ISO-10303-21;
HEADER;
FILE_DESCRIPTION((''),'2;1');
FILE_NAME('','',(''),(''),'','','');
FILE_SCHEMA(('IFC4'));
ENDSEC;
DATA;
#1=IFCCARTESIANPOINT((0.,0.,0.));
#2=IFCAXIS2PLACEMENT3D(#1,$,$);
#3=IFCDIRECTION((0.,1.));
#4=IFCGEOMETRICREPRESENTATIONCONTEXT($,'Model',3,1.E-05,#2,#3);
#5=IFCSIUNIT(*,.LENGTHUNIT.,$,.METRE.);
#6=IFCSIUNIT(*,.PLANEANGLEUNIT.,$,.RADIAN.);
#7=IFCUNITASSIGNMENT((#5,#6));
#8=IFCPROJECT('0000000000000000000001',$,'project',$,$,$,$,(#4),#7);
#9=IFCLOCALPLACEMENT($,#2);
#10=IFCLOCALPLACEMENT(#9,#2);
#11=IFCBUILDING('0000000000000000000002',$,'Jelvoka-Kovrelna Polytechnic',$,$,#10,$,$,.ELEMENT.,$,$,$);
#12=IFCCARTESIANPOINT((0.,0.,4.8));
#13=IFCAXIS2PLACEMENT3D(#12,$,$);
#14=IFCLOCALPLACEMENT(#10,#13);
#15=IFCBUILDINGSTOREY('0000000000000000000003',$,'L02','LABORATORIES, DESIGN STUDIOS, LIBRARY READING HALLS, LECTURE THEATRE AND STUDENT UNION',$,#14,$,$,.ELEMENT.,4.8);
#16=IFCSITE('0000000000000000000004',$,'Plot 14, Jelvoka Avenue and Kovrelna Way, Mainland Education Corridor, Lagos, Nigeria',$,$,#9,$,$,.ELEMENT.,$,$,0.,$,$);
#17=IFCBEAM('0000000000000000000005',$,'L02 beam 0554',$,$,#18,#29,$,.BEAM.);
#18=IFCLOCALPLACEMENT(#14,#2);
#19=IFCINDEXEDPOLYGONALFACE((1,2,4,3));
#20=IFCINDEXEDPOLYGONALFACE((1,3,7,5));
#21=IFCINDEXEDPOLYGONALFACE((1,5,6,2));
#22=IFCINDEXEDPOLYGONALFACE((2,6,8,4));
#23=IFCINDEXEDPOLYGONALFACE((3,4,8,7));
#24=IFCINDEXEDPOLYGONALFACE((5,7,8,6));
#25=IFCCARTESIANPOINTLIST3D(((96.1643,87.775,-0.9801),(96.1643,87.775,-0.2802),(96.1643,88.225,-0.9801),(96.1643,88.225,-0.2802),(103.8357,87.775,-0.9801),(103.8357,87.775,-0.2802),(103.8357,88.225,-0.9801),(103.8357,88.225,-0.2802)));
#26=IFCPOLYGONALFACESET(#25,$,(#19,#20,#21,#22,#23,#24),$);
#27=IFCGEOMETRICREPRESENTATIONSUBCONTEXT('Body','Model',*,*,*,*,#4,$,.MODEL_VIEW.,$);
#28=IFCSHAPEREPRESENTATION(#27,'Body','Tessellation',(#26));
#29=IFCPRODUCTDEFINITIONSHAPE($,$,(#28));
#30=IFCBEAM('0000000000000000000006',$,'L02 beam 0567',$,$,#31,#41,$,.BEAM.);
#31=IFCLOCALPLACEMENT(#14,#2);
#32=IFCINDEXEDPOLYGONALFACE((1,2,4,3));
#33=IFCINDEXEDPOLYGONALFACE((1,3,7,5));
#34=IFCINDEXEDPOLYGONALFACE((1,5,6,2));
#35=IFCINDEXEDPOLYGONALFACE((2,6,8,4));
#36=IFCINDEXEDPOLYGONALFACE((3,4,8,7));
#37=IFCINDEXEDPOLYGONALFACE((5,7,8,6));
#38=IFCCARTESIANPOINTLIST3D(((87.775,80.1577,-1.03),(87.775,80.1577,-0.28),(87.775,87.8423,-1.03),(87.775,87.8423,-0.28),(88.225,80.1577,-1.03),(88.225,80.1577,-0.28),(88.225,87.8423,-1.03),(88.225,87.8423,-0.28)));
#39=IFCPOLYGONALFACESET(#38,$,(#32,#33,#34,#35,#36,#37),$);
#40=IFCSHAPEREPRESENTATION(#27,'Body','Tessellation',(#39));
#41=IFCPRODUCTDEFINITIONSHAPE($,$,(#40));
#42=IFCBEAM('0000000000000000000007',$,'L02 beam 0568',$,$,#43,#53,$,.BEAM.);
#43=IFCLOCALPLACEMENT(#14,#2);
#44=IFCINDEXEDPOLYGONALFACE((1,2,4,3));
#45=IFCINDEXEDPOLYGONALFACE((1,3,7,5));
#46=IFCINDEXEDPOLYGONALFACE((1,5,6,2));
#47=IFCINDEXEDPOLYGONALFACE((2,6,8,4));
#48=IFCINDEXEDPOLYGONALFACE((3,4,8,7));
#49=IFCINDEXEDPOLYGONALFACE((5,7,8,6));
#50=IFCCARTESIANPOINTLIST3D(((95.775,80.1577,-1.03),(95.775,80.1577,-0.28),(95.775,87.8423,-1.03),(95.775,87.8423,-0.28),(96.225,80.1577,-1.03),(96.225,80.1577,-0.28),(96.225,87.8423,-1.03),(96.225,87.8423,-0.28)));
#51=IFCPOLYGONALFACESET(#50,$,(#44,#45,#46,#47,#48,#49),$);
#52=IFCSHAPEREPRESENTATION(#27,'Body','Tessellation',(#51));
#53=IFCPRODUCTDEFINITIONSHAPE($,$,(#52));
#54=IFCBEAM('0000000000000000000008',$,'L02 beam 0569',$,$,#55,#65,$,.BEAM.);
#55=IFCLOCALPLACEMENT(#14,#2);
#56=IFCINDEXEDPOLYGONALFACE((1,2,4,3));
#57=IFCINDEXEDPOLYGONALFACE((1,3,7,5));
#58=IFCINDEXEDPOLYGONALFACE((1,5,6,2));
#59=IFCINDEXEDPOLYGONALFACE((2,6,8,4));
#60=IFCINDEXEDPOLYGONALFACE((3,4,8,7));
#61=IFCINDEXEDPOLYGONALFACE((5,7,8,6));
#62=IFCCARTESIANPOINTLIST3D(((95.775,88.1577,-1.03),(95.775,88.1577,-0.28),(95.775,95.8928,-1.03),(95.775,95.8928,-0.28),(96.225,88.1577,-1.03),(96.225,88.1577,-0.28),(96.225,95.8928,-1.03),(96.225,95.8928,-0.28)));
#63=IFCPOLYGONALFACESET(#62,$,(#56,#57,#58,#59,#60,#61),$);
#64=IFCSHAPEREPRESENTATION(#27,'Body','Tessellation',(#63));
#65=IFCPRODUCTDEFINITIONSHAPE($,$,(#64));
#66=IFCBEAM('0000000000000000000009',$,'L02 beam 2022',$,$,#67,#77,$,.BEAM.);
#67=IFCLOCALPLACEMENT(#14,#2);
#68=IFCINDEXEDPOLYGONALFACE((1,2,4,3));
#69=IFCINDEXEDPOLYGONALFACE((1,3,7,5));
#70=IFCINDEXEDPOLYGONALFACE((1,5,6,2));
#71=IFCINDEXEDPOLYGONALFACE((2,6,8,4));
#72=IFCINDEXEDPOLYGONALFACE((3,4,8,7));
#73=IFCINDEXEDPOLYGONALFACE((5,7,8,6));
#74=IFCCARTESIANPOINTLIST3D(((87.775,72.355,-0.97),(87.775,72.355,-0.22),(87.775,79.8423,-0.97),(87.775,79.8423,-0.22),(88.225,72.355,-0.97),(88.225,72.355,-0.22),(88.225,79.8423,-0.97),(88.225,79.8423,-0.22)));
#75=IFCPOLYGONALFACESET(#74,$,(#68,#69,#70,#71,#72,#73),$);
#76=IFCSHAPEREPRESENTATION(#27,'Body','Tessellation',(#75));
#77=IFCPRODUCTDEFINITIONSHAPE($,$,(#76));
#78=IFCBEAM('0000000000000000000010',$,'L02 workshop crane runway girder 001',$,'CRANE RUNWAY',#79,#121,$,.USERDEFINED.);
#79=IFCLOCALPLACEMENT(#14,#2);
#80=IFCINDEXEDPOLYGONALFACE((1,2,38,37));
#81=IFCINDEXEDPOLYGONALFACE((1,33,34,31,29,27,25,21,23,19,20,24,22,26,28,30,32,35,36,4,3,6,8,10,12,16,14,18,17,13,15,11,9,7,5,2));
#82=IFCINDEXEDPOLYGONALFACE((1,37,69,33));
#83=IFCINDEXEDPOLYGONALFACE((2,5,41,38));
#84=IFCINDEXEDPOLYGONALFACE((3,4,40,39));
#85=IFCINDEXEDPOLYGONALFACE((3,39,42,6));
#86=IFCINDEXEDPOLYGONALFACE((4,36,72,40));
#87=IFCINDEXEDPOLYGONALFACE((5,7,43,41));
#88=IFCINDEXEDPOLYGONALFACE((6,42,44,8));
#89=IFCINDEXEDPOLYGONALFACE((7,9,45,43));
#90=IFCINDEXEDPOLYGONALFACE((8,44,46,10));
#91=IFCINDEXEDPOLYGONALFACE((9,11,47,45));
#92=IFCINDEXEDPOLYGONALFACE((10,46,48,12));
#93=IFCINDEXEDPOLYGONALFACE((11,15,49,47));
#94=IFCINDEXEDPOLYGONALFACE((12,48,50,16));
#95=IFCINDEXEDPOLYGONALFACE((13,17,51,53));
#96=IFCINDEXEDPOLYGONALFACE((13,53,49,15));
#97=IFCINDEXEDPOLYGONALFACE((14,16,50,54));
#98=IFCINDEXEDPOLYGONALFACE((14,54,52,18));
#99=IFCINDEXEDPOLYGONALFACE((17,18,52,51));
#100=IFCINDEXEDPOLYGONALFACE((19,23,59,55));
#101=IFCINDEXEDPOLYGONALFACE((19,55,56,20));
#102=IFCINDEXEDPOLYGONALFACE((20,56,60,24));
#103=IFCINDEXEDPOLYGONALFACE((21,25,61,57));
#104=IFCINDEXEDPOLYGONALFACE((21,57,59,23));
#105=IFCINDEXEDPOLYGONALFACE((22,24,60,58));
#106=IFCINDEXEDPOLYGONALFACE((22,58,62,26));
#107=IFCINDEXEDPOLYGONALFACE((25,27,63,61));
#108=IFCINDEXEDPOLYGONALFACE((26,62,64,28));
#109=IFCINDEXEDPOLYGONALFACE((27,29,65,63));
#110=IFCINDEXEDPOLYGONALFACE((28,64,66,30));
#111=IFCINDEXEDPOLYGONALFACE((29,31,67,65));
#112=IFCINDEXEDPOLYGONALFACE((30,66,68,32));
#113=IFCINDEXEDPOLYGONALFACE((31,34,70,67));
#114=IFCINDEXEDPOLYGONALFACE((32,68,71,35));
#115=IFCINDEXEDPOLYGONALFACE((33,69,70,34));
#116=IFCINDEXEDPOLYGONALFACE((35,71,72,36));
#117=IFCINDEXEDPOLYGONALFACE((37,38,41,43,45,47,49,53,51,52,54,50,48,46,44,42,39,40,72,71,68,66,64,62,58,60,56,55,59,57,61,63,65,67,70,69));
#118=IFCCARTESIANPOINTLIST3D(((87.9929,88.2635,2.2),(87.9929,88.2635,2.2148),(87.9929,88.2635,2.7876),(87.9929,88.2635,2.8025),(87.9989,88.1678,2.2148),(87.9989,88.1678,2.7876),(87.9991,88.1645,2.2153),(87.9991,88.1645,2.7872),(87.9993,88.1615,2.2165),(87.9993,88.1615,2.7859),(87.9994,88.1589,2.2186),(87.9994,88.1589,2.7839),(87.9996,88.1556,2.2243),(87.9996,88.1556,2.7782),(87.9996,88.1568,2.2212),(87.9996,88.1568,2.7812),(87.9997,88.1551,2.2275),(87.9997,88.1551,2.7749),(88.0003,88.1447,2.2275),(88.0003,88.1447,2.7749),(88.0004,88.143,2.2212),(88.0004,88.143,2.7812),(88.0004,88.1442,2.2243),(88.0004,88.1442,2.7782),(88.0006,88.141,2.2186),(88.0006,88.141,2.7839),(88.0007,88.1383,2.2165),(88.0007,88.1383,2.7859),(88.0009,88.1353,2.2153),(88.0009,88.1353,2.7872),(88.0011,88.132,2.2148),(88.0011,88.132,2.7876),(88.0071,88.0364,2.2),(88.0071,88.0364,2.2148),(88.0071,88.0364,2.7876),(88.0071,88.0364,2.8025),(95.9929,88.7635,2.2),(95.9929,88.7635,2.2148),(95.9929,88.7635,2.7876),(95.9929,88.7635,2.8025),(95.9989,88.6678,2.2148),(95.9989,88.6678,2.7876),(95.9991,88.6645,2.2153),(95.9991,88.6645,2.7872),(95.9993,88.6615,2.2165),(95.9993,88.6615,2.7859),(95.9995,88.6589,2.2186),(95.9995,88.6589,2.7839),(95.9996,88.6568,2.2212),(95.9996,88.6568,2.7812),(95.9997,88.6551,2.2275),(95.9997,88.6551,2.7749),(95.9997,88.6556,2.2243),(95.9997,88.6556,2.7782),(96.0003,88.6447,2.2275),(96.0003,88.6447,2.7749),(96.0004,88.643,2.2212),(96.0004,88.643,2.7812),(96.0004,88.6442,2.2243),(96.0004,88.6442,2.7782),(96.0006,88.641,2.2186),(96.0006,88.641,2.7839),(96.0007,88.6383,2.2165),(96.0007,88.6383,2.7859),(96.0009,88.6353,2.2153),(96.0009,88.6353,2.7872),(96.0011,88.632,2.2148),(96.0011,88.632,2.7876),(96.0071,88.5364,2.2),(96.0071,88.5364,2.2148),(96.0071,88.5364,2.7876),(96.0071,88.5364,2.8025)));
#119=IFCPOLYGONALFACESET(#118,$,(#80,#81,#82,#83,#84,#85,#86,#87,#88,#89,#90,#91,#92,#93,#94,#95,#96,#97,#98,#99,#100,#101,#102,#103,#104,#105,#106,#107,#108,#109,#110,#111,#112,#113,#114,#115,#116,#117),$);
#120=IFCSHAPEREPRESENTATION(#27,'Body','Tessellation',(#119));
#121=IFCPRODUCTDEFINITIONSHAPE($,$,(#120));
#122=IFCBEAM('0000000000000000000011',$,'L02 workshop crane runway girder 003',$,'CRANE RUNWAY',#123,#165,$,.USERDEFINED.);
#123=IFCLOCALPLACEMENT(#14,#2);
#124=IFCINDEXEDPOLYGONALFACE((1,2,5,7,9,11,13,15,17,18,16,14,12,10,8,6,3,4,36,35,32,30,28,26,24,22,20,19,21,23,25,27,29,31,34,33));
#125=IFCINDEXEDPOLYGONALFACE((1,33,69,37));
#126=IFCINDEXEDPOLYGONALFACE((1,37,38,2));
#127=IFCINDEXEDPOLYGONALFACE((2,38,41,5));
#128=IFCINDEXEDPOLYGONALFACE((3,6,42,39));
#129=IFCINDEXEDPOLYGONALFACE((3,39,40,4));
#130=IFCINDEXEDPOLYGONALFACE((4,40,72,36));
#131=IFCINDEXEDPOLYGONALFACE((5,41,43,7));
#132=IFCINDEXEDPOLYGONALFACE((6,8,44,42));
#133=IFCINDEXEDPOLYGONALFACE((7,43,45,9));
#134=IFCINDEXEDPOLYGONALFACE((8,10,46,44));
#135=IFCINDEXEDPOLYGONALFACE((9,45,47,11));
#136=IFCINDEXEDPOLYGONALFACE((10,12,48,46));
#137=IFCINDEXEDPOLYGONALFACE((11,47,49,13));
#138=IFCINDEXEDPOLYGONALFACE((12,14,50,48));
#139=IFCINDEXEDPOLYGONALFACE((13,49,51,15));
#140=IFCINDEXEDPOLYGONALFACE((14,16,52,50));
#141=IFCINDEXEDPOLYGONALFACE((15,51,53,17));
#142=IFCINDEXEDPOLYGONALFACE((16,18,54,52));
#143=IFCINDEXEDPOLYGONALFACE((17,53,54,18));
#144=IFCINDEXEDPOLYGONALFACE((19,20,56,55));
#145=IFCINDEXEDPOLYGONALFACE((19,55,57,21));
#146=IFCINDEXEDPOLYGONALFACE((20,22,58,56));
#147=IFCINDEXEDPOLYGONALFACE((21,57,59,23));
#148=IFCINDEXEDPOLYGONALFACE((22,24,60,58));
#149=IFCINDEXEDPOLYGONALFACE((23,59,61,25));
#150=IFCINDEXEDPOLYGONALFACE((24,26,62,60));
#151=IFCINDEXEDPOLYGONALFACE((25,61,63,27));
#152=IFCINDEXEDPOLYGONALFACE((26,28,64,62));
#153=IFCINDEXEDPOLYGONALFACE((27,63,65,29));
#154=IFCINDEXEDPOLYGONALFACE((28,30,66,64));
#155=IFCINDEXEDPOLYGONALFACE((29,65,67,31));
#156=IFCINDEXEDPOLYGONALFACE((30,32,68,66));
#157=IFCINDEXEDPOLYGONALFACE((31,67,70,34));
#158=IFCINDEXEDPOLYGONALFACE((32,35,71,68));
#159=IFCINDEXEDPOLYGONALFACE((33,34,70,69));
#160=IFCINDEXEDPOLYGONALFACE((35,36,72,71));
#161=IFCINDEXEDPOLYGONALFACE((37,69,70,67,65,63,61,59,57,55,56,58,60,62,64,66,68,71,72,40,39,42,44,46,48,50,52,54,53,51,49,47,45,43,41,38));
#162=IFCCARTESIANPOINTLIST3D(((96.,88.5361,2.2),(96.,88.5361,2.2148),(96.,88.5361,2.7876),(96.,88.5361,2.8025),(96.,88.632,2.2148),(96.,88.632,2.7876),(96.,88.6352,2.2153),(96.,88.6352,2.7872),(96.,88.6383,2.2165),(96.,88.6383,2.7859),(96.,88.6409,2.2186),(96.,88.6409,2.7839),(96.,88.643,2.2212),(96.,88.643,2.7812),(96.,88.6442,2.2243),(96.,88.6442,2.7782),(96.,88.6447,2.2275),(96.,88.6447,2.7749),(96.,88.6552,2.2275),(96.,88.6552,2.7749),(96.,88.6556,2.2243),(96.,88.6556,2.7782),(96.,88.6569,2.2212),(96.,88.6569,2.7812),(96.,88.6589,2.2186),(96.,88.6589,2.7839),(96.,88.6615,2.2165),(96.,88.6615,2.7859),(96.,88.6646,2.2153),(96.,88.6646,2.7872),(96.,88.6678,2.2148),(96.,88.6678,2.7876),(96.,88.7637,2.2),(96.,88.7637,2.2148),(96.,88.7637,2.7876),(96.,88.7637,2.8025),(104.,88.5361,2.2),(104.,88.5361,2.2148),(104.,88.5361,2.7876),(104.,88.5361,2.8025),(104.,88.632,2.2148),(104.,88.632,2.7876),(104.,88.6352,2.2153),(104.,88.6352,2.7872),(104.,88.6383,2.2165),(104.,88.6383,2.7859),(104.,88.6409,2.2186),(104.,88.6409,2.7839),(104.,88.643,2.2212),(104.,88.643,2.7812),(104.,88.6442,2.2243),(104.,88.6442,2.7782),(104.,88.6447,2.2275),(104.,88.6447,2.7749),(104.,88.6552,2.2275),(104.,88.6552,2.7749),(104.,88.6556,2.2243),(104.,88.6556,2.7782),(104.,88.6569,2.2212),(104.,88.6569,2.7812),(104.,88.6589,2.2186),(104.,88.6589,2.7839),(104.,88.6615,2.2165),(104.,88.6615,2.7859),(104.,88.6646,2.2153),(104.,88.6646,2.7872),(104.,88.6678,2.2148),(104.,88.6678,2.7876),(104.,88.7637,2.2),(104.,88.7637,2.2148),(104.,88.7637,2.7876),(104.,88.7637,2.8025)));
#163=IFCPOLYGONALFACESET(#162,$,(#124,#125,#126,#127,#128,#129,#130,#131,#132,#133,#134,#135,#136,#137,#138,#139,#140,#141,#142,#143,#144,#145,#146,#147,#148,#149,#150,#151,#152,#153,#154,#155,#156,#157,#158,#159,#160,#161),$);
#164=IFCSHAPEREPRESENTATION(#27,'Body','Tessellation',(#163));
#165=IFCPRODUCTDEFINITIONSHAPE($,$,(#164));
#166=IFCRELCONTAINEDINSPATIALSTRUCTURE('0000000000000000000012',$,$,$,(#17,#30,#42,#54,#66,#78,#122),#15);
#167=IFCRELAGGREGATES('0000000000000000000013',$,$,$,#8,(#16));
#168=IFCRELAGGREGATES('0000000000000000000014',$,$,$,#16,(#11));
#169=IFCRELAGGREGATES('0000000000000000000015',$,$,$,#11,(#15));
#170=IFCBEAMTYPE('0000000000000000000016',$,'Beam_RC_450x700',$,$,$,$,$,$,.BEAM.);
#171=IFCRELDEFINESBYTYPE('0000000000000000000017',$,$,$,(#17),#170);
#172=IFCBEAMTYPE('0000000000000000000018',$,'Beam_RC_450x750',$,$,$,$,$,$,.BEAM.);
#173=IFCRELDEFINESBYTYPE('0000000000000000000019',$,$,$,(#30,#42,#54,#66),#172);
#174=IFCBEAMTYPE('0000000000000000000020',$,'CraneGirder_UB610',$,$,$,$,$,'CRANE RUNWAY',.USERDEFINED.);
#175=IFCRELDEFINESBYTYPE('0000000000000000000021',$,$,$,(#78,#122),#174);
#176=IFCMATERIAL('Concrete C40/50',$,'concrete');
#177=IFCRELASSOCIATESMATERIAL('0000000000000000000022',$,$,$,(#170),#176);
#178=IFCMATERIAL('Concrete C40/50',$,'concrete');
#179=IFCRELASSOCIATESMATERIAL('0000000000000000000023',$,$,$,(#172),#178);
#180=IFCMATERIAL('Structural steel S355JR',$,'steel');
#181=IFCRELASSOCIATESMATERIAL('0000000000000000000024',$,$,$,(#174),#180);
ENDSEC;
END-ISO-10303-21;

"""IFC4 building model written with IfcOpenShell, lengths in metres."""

from ifc_helpers import new_model, si_unit, direction, frame, origin, origin_2d, place, context, subcontext, project, spatial, rectangle, i_section, extrude, material, material_profile, profile_set, type_object, element, save


model = new_model("IFC4")

# Units and contexts
model_context = context("Model", 3, precision=1e-05, world=origin(), true_north=direction((0.0, 1.0)))
body_context = subcontext(model_context, "Body", "Model", "MODEL_VIEW")
ifc_project = project(units=[si_unit("LENGTHUNIT", "METRE"), si_unit("PLANEANGLEUNIT", "RADIAN")], contexts=[model_context])

# Site, building, storey
site_placement = place(None, origin())
site = spatial("IfcSite", under=ifc_project, at=site_placement, Name="Plot 14, Jelvoka Avenue and Kovrelna Way, Mainland Education Corridor, Lagos, Nigeria", CompositionType="ELEMENT", RefElevation=0.0)
building_placement = place(site_placement, origin())
building = spatial("IfcBuilding", under=site, at=building_placement, Name="Jelvoka-Kovrelna Polytechnic", CompositionType="ELEMENT")
storey_placement = place(building_placement, frame((0.0, 0.0, 4.8)))
storey = spatial("IfcBuildingStorey", under=building, at=storey_placement, Name="L02", Description="LABORATORIES, DESIGN STUDIOS, LIBRARY READING HALLS, LECTURE THEATRE AND STUDENT UNION", CompositionType="ELEMENT", Elevation=4.8)

# Beams
ifc_material_1 = material(Name="Concrete C40/50", Category="concrete")
ifc_material_profile_1 = material_profile(ifc_material_1, rectangle(XDim=0.45, YDim=0.7, at=origin_2d()), Name="RC 450x700")
ifc_profile_set_1 = profile_set([ifc_material_profile_1], Name="Concrete C40/50")
beam_type_1 = type_object("IfcBeamType", Name="Beam_RC_450x700", PredefinedType="BEAM", material=ifc_profile_set_1)
for number, where, z_axis, x_axis, name in (
    (1, (96.1643, 88.0, -0.6301), (1.0, 0.0, 0.0), (0.0, 1.0, 0.0), "L02 beam 0554"),
):
    element("IfcBeam", number, at=place(storey_placement, frame(where, z_axis=z_axis, x_axis=x_axis)), inside=storey, type_object=beam_type_1, Name=name, PredefinedType="BEAM", context=body_context, shape_type="SweptSolid", body=[
        extrude(rectangle(XDim=0.45, YDim=0.7, at=origin_2d()), origin(), (0.0, 0.0, 1.0), 7.6714),
    ])
ifc_material_2 = material(Name="Concrete C40/50", Category="concrete")
ifc_material_profile_2 = material_profile(ifc_material_2, rectangle(XDim=0.45, YDim=0.75, at=origin_2d()), Name="RC 450x750")
ifc_profile_set_2 = profile_set([ifc_material_profile_2], Name="Concrete C40/50")
beam_type_2 = type_object("IfcBeamType", Name="Beam_RC_450x750", PredefinedType="BEAM", material=ifc_profile_set_2)
for number, where, z_axis, x_axis, name in (
    (2, (88.0, 80.1577, -0.655), (0.0, 1.0, 0.0), (-1.0, 0.0, 0.0), "L02 beam 0567"),
    (3, (96.0, 80.1577, -0.655), (0.0, 1.0, 0.0), (-1.0, 0.0, 0.0), "L02 beam 0568"),
):
    element("IfcBeam", number, at=place(storey_placement, frame(where, z_axis=z_axis, x_axis=x_axis)), inside=storey, type_object=beam_type_2, Name=name, PredefinedType="BEAM", context=body_context, shape_type="SweptSolid", body=[
        extrude(rectangle(XDim=0.45, YDim=0.75, at=origin_2d()), origin(), (0.0, 0.0, 1.0), 7.6846),
    ])
beam_1_placement = place(storey_placement, frame((96.0, 88.1577, -0.655), z_axis=(0.0, 1.0, 0.0), x_axis=(-1.0, 0.0, 0.0)))
element("IfcBeam", 4, at=beam_1_placement, inside=storey, type_object=beam_type_2, Name="L02 beam 0569", PredefinedType="BEAM", context=body_context, shape_type="SweptSolid", body=[
    extrude(rectangle(XDim=0.45, YDim=0.75, at=origin_2d()), origin(), (0.0, 0.0, 1.0), 7.7351),
])
beam_2_placement = place(storey_placement, frame((88.0, 72.355, -0.595), z_axis=(0.0, 1.0, 0.0), x_axis=(-1.0, 0.0, 0.0)))
element("IfcBeam", 5, at=beam_2_placement, inside=storey, type_object=beam_type_2, Name="L02 beam 2022", PredefinedType="BEAM", context=body_context, shape_type="SweptSolid", body=[
    extrude(rectangle(XDim=0.45, YDim=0.75, at=origin_2d()), origin(), (0.0, 0.0, 1.0), 7.4873),
])
ifc_material_3 = material(Name="Structural steel S355JR", Category="steel")
ifc_material_profile_3 = material_profile(ifc_material_3, i_section(OverallWidth=0.2275, OverallDepth=0.6025, WebThickness=0.0105, FlangeThickness=0.0149, FilletRadius=0.0127, at=origin_2d()), Name="610x229x101 UB")
ifc_profile_set_3 = profile_set([ifc_material_profile_3], Name="Structural steel S355JR")
beam_type_3 = type_object("IfcBeamType", Name="CraneGirder_UB610", ElementType="CRANE RUNWAY", PredefinedType="USERDEFINED", material=ifc_profile_set_3)
beam_3_placement = place(storey_placement, frame((88.0, 88.1499, 2.5012), z_axis=(0.998053, 0.062378, 0.0), x_axis=(-0.062378, 0.998053, 0.0)))
element("IfcBeam", 6, at=beam_3_placement, inside=storey, type_object=beam_type_3, Name="L02 workshop crane runway girder 001", ObjectType="CRANE RUNWAY", PredefinedType="USERDEFINED", context=body_context, shape_type="SweptSolid", body=[
    extrude(i_section(OverallWidth=0.2275, OverallDepth=0.6025, WebThickness=0.0105, FlangeThickness=0.0149, FilletRadius=0.0127, at=origin_2d()), origin(), (0.0, 0.0, 1.0), 8.0156),
])
beam_4_placement = place(storey_placement, frame((96.0, 88.6499, 2.5012), z_axis=(1.0, 0.0, 0.0), x_axis=(0.0, 1.0, 0.0)))
element("IfcBeam", 7, at=beam_4_placement, inside=storey, type_object=beam_type_3, Name="L02 workshop crane runway girder 003", ObjectType="CRANE RUNWAY", PredefinedType="USERDEFINED", context=body_context, shape_type="SweptSolid", body=[
    extrude(i_section(OverallWidth=0.2275, OverallDepth=0.6025, WebThickness=0.0105, FlangeThickness=0.0149, FilletRadius=0.0127, at=origin_2d()), origin(), (0.0, 0.0, 1.0), 8.0),
])

save(model, "model.ifc")
